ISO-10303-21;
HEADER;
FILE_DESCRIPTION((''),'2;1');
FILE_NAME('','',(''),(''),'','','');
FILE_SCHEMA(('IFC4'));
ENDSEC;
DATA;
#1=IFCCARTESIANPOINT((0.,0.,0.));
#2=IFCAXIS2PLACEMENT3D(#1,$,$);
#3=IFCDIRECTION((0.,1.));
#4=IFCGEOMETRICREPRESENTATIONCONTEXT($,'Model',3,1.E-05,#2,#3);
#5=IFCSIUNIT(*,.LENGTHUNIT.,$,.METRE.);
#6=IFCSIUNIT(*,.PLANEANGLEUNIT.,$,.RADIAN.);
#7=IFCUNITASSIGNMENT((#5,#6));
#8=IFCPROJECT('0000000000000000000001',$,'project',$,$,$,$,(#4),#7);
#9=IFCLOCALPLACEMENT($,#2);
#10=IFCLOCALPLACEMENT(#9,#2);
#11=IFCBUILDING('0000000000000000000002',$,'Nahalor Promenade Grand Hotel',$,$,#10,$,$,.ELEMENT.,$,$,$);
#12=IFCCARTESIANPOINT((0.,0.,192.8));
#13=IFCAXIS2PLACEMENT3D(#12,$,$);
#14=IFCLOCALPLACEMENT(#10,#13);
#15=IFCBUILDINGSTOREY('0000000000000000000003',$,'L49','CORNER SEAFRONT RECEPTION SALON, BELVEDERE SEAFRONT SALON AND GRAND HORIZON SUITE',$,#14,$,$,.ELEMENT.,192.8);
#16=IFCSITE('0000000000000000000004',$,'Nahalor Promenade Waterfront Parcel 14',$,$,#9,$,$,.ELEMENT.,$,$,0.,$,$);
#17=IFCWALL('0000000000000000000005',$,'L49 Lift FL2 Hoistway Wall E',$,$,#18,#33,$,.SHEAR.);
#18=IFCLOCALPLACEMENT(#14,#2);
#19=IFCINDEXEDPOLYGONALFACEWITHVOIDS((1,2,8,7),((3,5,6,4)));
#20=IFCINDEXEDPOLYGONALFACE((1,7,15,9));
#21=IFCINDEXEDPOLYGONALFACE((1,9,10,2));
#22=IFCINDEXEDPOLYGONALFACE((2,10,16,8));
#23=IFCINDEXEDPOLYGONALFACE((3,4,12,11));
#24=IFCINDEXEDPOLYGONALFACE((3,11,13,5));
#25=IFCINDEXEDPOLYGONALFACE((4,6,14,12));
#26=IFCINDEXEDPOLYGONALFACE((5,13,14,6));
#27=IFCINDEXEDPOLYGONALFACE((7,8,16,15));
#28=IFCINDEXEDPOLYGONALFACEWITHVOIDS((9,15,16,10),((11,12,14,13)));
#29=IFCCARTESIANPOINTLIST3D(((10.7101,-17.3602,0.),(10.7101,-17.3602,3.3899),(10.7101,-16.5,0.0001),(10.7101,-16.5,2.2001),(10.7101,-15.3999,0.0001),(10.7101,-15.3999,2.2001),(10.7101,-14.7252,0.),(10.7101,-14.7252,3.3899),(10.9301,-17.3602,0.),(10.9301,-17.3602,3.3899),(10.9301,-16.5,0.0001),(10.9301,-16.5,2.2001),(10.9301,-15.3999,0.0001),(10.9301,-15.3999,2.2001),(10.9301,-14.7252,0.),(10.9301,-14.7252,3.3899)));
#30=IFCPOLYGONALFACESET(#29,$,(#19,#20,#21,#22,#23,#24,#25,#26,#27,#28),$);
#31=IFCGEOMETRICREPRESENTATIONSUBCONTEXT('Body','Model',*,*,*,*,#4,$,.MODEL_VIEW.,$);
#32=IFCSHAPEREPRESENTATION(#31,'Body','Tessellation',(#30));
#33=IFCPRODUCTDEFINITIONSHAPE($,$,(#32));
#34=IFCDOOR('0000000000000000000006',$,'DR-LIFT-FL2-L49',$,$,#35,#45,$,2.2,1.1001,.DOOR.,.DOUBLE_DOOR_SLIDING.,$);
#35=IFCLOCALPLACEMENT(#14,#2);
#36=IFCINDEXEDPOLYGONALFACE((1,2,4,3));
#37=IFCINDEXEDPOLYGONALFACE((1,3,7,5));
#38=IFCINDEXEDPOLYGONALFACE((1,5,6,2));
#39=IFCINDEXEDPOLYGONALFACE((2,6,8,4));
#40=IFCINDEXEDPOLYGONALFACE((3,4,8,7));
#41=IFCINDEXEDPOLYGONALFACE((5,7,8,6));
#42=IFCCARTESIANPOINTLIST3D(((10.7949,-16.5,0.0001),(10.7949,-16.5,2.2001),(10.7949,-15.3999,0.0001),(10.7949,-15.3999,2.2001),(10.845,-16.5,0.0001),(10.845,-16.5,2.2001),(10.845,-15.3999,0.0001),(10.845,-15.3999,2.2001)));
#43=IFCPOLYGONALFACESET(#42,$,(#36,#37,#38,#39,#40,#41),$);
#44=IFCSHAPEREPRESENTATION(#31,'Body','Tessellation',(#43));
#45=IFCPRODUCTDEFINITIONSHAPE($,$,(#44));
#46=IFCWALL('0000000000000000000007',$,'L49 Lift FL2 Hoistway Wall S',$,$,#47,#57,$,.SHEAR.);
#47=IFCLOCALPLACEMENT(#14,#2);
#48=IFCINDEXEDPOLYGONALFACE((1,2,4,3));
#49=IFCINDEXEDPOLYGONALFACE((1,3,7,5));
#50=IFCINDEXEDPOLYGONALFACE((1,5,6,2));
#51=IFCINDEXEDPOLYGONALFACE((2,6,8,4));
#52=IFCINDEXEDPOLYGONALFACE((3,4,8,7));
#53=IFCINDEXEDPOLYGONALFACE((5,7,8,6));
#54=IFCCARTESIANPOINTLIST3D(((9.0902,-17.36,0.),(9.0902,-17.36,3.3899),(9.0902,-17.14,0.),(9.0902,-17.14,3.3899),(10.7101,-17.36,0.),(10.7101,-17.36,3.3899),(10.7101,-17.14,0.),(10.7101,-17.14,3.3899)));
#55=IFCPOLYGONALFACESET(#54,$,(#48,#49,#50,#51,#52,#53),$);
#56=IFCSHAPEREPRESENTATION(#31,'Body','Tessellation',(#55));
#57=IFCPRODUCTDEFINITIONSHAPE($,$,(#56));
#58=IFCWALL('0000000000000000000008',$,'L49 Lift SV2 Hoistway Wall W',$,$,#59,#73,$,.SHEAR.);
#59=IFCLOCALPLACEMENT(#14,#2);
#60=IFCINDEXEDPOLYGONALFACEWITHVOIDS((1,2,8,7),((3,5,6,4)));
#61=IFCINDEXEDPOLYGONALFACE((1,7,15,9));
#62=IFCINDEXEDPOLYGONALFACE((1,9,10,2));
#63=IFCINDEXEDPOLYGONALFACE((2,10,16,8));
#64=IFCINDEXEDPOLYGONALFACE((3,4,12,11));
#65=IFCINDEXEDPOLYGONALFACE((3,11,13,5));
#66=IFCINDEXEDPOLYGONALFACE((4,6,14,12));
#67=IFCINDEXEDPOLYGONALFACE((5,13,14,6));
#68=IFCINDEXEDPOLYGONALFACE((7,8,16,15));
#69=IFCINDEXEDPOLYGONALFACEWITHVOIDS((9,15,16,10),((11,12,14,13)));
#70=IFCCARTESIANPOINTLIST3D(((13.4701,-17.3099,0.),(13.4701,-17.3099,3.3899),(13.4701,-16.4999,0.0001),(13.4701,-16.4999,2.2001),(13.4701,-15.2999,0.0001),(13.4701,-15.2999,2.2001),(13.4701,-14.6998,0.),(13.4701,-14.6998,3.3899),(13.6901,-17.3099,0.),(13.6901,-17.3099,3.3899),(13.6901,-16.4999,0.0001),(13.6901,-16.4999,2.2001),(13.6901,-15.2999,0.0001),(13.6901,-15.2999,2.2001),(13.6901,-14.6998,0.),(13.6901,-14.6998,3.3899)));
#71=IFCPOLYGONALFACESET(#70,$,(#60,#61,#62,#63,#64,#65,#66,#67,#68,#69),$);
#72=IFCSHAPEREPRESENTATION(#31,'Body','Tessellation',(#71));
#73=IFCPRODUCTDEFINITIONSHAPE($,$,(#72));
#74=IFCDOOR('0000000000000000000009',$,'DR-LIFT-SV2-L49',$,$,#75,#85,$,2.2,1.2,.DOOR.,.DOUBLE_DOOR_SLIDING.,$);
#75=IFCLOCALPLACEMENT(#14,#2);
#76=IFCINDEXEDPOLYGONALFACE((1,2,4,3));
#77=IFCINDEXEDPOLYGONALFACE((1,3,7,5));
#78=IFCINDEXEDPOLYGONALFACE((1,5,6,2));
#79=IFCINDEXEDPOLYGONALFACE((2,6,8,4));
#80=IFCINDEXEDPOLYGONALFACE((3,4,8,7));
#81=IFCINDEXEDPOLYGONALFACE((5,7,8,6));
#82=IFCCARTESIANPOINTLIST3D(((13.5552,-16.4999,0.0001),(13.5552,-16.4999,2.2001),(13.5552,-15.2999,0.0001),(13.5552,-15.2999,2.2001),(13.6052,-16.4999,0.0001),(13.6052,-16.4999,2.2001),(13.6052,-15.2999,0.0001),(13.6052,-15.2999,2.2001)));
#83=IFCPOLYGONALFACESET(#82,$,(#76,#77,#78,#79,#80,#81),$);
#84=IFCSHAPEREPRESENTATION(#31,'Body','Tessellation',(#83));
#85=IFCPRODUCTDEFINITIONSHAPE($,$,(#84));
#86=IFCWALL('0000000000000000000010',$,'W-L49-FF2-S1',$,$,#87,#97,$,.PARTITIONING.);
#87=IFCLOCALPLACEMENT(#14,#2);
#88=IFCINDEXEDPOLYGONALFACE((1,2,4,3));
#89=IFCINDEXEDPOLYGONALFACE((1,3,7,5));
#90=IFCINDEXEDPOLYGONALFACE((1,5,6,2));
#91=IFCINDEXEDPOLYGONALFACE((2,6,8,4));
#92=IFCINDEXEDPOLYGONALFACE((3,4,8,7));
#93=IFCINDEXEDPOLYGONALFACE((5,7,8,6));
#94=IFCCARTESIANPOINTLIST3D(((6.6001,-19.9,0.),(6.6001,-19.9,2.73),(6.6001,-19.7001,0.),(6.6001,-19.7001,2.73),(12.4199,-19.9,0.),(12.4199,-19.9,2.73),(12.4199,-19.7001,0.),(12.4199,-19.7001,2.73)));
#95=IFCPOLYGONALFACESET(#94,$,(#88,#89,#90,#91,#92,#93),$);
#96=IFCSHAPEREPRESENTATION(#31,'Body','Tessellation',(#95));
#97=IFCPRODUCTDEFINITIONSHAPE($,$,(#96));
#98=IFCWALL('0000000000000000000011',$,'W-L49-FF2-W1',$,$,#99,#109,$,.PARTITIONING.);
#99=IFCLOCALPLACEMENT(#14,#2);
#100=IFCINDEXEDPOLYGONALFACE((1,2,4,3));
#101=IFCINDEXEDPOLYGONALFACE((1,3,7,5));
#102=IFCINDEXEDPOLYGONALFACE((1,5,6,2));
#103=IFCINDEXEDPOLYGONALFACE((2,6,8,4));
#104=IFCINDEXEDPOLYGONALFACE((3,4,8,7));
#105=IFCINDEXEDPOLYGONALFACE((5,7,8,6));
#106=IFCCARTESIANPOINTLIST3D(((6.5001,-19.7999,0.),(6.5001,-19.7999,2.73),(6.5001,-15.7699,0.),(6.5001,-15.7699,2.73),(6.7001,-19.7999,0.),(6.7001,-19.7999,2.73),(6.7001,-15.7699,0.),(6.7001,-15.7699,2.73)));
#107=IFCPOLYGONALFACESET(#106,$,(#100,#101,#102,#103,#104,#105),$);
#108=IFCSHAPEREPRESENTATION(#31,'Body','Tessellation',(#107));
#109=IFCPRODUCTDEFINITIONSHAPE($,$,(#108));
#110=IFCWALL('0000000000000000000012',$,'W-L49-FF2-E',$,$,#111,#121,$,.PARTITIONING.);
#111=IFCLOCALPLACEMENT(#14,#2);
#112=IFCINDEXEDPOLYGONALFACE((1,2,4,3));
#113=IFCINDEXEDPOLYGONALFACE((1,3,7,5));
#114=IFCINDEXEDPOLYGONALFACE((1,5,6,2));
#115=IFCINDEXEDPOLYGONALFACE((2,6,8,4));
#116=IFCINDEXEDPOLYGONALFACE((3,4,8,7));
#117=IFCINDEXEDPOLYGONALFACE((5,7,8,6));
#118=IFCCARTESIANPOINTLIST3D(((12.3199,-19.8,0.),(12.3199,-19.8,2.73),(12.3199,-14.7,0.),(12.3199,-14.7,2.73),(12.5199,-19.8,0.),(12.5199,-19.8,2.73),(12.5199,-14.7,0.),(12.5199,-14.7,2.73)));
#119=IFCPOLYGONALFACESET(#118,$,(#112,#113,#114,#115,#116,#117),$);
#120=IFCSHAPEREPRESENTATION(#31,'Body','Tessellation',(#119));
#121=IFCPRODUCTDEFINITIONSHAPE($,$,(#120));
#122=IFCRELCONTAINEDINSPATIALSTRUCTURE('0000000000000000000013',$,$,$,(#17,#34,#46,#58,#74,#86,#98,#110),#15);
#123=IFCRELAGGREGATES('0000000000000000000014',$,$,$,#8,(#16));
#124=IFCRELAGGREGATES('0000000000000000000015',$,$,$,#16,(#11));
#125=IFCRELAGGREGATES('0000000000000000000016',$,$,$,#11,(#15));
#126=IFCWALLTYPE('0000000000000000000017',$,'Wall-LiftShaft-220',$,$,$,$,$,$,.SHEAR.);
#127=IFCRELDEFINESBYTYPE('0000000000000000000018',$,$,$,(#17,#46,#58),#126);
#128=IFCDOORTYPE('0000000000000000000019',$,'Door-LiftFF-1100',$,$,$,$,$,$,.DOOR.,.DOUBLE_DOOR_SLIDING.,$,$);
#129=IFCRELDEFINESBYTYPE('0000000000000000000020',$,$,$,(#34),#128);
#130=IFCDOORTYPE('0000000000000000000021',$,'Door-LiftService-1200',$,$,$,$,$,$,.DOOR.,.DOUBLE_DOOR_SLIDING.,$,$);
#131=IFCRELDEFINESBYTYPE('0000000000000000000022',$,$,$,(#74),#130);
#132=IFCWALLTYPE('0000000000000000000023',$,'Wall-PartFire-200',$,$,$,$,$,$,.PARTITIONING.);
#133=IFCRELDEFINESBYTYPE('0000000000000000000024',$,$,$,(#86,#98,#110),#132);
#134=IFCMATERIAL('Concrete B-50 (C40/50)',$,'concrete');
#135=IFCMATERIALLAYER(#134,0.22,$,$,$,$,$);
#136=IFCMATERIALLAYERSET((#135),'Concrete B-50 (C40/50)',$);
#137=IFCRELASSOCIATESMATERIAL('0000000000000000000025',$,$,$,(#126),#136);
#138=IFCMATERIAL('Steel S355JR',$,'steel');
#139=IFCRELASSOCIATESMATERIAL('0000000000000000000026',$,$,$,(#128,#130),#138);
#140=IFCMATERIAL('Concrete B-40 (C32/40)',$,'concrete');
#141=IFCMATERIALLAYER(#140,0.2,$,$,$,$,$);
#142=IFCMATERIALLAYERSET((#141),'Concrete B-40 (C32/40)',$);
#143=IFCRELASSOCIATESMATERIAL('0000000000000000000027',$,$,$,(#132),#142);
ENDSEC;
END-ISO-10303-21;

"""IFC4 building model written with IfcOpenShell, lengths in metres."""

from ifc_helpers import new_model, si_unit, direction, frame, frame_2d, origin, place, context, subcontext, project, spatial, rectangle, extrude, source, transform, mapped, material, layer, layer_set, type_object, element, fill, save


model = new_model("IFC4")

# Units and contexts
model_context = context("Model", 3, precision=1e-05, world=origin(), true_north=direction((0.0, 1.0)))
body_context = subcontext(model_context, "Body", "Model", "MODEL_VIEW")
ifc_project = project(units=[si_unit("LENGTHUNIT", "METRE"), si_unit("PLANEANGLEUNIT", "RADIAN")], contexts=[model_context])

# Site, building, storey
site_placement = place(None, origin())
site = spatial("IfcSite", under=ifc_project, at=site_placement, Name="Nahalor Promenade Waterfront Parcel 14", CompositionType="ELEMENT", RefElevation=0.0)
building_placement = place(site_placement, origin())
building = spatial("IfcBuilding", under=site, at=building_placement, Name="Nahalor Promenade Grand Hotel", CompositionType="ELEMENT")
storey_placement = place(building_placement, frame((0.0, 0.0, 192.8)))
storey = spatial("IfcBuildingStorey", under=building, at=storey_placement, Name="L49", Description="CORNER SEAFRONT RECEPTION SALON, BELVEDERE SEAFRONT SALON AND GRAND HORIZON SUITE", CompositionType="ELEMENT", Elevation=192.8)

# Shared definitions
ifc_material_1 = material(Name="Steel S355JR", Category="steel")

# Shared definitions
ifc_material_2 = material(Name="Concrete B-50 (C40/50)", Category="concrete")

# Shared definitions
ifc_layer_1 = layer(ifc_material_2, 0.22)
ifc_layer_set_1 = layer_set([ifc_layer_1], Name="Concrete B-50 (C40/50)")
wall_type_1 = type_object("IfcWallType", Name="Wall-LiftShaft-220", PredefinedType="SHEAR", material=ifc_layer_set_1)
shared_shape_1 = source(origin(), body_context, "Body", "SweptSolid", [
    extrude(rectangle(XDim=2.635, YDim=0.22, at=frame_2d((1.3174, 0.0))), origin(), (0.0, 0.0, 1.0), 3.3899),
])

# Wall, opening, door
wall_1_placement = place(storey_placement, frame((10.8201, -17.3601, 0.0), z_axis=(0.0, 0.0, 1.0), x_axis=(0.0, 1.0, 0.0)))
wall_1 = element("IfcWall", 1, at=wall_1_placement, inside=storey, type_object=wall_type_1, Name="L49 Lift FL2 Hoistway Wall E", PredefinedType="SHEAR", context=body_context, shape_type="MappedRepresentation", body=[
    mapped(shared_shape_1, transform((0.0, 0.0, 0.0), scale=1.0)),
])
opening_1_placement = place(wall_1_placement, frame((0.8601, 0.0, 0.0)))
opening_1 = element("IfcOpeningElement", 2, at=opening_1_placement, cuts=wall_1, PredefinedType="OPENING", context=body_context, shape_type="SweptSolid", body=[
    extrude(rectangle(XDim=1.1001, YDim=2.2, at=frame_2d((0.55, 1.1001))), frame((0.0, 0.1199, 0.0), z_axis=(0.0, -1.0, 0.0), x_axis=(1.0, 0.0, 0.0)), (0.0, 0.0, 1.0), 0.24),
])
door_type_1 = type_object("IfcDoorType", Name="Door-LiftFF-1100", OperationType="DOUBLE_DOOR_SLIDING", PredefinedType="DOOR", material=ifc_material_1)
shared_shape_2 = source(origin(), body_context, "Body", "SweptSolid", [
    extrude(rectangle(XDim=1.1001, YDim=2.2, at=frame_2d((0.55, 1.1001))), frame((0.0, 0.0249, 0.0), z_axis=(0.0, -1.0, 0.0), x_axis=(1.0, 0.0, 0.0)), (0.0, 0.0, 1.0), 0.05),
])
door_1_placement = place(opening_1_placement, frame((1.1001, 0.0, 0.0), z_axis=(0.0, 0.0, 1.0), x_axis=(-1.0, 0.0, 0.0)))
door_1 = element("IfcDoor", 3, at=door_1_placement, inside=storey, type_object=door_type_1, Name="DR-LIFT-FL2-L49", OperationType="DOUBLE_DOOR_SLIDING", OverallHeight=2.2, OverallWidth=1.1001, PredefinedType="DOOR", context=body_context, shape_type="MappedRepresentation", body=[
    mapped(shared_shape_2, transform((0.0, 0.0, 0.0), scale=1.0)),
])
fill(opening_1, door_1)

# Wall
shared_shape_3 = source(origin(), body_context, "Body", "SweptSolid", [
    extrude(rectangle(XDim=1.6199, YDim=0.22, at=frame_2d((0.8101, 0.0))), origin(), (0.0, 0.0, 1.0), 3.3899),
])
wall_2_placement = place(storey_placement, frame((9.0901, -17.25, 0.0), z_axis=(0.0, 0.0, 1.0), x_axis=(1.0, 0.0, 0.0)))
element("IfcWall", 4, at=wall_2_placement, inside=storey, type_object=wall_type_1, Name="L49 Lift FL2 Hoistway Wall S", PredefinedType="SHEAR", context=body_context, shape_type="MappedRepresentation", body=[
    mapped(shared_shape_3, transform((0.0, 0.0, 0.0), scale=1.0)),
])

# Wall, opening, door
shared_shape_4 = source(origin(), body_context, "Body", "SweptSolid", [
    extrude(rectangle(XDim=2.6101, YDim=0.22, at=frame_2d((1.3052, 0.0))), origin(), (0.0, 0.0, 1.0), 3.3899),
])
wall_3_placement = place(storey_placement, frame((13.5801, -17.3101, 0.0), z_axis=(0.0, 0.0, 1.0), x_axis=(0.0, 1.0, 0.0)))
wall_3 = element("IfcWall", 5, at=wall_3_placement, inside=storey, type_object=wall_type_1, Name="L49 Lift SV2 Hoistway Wall W", PredefinedType="SHEAR", context=body_context, shape_type="MappedRepresentation", body=[
    mapped(shared_shape_4, transform((0.0, 0.0, 0.0), scale=1.0)),
])
opening_2_placement = place(wall_3_placement, frame((0.8101, 0.0, 0.0)))
opening_2 = element("IfcOpeningElement", 6, at=opening_2_placement, cuts=wall_3, PredefinedType="OPENING", context=body_context, shape_type="SweptSolid", body=[
    extrude(rectangle(XDim=1.2, YDim=2.2, at=frame_2d((0.6001, 1.1001))), frame((0.0, 0.1199, 0.0), z_axis=(0.0, -1.0, 0.0), x_axis=(1.0, 0.0, 0.0)), (0.0, 0.0, 1.0), 0.24),
])
door_type_2 = type_object("IfcDoorType", Name="Door-LiftService-1200", OperationType="DOUBLE_DOOR_SLIDING", PredefinedType="DOOR", material=ifc_material_1)
shared_shape_5 = source(origin(), body_context, "Body", "SweptSolid", [
    extrude(rectangle(XDim=1.2, YDim=2.2, at=frame_2d((0.6001, 1.1001))), frame((0.0, 0.0249, 0.0), z_axis=(0.0, -1.0, 0.0), x_axis=(1.0, 0.0, 0.0)), (0.0, 0.0, 1.0), 0.05),
])
door_2_placement = place(opening_2_placement, origin())
door_2 = element("IfcDoor", 7, at=door_2_placement, inside=storey, type_object=door_type_2, Name="DR-LIFT-SV2-L49", OperationType="DOUBLE_DOOR_SLIDING", OverallHeight=2.2, OverallWidth=1.2, PredefinedType="DOOR", context=body_context, shape_type="MappedRepresentation", body=[
    mapped(shared_shape_5, transform((0.0, 0.0, 0.0), scale=1.0)),
])
fill(opening_2, door_2)

# Walls
ifc_material_3 = material(Name="Concrete B-40 (C32/40)", Category="concrete")
ifc_layer_2 = layer(ifc_material_3, 0.2)
ifc_layer_set_2 = layer_set([ifc_layer_2], Name="Concrete B-40 (C32/40)")
wall_type_2 = type_object("IfcWallType", Name="Wall-PartFire-200", PredefinedType="PARTITIONING", material=ifc_layer_set_2)
shared_shape_6 = source(origin(), body_context, "Body", "SweptSolid", [
    extrude(rectangle(XDim=5.8198, YDim=0.2, at=frame_2d((2.9099, 0.0))), origin(), (0.0, 0.0, 1.0), 2.73),
])
wall_4_placement = place(storey_placement, frame((6.6001, -19.8, 0.0), z_axis=(0.0, 0.0, 1.0), x_axis=(1.0, 0.0, 0.0)))
element("IfcWall", 8, at=wall_4_placement, inside=storey, type_object=wall_type_2, Name="W-L49-FF2-S1", PredefinedType="PARTITIONING", context=body_context, shape_type="MappedRepresentation", body=[
    mapped(shared_shape_6, transform((0.0, 0.0, 0.0), scale=1.0)),
])
shared_shape_7 = source(origin(), body_context, "Body", "SweptSolid", [
    extrude(rectangle(XDim=4.03, YDim=0.2, at=frame_2d((2.0151, 0.0))), origin(), (0.0, 0.0, 1.0), 2.73),
])
wall_5_placement = place(storey_placement, frame((6.6001, -19.8, 0.0), z_axis=(0.0, 0.0, 1.0), x_axis=(0.0, 1.0, 0.0)))
element("IfcWall", 9, at=wall_5_placement, inside=storey, type_object=wall_type_2, Name="W-L49-FF2-W1", PredefinedType="PARTITIONING", context=body_context, shape_type="MappedRepresentation", body=[
    mapped(shared_shape_7, transform((0.0, 0.0, 0.0), scale=1.0)),
])
shared_shape_8 = source(origin(), body_context, "Body", "SweptSolid", [
    extrude(rectangle(XDim=5.1001, YDim=0.2, at=frame_2d((2.55, 0.0))), origin(), (0.0, 0.0, 1.0), 2.73),
])
wall_6_placement = place(storey_placement, frame((12.4199, -19.8, 0.0), z_axis=(0.0, 0.0, 1.0), x_axis=(0.0, 1.0, 0.0)))
element("IfcWall", 10, at=wall_6_placement, inside=storey, type_object=wall_type_2, Name="W-L49-FF2-E", PredefinedType="PARTITIONING", context=body_context, shape_type="MappedRepresentation", body=[
    mapped(shared_shape_8, transform((0.0, 0.0, 0.0), scale=1.0)),
])

save(model, "model.ifc")
